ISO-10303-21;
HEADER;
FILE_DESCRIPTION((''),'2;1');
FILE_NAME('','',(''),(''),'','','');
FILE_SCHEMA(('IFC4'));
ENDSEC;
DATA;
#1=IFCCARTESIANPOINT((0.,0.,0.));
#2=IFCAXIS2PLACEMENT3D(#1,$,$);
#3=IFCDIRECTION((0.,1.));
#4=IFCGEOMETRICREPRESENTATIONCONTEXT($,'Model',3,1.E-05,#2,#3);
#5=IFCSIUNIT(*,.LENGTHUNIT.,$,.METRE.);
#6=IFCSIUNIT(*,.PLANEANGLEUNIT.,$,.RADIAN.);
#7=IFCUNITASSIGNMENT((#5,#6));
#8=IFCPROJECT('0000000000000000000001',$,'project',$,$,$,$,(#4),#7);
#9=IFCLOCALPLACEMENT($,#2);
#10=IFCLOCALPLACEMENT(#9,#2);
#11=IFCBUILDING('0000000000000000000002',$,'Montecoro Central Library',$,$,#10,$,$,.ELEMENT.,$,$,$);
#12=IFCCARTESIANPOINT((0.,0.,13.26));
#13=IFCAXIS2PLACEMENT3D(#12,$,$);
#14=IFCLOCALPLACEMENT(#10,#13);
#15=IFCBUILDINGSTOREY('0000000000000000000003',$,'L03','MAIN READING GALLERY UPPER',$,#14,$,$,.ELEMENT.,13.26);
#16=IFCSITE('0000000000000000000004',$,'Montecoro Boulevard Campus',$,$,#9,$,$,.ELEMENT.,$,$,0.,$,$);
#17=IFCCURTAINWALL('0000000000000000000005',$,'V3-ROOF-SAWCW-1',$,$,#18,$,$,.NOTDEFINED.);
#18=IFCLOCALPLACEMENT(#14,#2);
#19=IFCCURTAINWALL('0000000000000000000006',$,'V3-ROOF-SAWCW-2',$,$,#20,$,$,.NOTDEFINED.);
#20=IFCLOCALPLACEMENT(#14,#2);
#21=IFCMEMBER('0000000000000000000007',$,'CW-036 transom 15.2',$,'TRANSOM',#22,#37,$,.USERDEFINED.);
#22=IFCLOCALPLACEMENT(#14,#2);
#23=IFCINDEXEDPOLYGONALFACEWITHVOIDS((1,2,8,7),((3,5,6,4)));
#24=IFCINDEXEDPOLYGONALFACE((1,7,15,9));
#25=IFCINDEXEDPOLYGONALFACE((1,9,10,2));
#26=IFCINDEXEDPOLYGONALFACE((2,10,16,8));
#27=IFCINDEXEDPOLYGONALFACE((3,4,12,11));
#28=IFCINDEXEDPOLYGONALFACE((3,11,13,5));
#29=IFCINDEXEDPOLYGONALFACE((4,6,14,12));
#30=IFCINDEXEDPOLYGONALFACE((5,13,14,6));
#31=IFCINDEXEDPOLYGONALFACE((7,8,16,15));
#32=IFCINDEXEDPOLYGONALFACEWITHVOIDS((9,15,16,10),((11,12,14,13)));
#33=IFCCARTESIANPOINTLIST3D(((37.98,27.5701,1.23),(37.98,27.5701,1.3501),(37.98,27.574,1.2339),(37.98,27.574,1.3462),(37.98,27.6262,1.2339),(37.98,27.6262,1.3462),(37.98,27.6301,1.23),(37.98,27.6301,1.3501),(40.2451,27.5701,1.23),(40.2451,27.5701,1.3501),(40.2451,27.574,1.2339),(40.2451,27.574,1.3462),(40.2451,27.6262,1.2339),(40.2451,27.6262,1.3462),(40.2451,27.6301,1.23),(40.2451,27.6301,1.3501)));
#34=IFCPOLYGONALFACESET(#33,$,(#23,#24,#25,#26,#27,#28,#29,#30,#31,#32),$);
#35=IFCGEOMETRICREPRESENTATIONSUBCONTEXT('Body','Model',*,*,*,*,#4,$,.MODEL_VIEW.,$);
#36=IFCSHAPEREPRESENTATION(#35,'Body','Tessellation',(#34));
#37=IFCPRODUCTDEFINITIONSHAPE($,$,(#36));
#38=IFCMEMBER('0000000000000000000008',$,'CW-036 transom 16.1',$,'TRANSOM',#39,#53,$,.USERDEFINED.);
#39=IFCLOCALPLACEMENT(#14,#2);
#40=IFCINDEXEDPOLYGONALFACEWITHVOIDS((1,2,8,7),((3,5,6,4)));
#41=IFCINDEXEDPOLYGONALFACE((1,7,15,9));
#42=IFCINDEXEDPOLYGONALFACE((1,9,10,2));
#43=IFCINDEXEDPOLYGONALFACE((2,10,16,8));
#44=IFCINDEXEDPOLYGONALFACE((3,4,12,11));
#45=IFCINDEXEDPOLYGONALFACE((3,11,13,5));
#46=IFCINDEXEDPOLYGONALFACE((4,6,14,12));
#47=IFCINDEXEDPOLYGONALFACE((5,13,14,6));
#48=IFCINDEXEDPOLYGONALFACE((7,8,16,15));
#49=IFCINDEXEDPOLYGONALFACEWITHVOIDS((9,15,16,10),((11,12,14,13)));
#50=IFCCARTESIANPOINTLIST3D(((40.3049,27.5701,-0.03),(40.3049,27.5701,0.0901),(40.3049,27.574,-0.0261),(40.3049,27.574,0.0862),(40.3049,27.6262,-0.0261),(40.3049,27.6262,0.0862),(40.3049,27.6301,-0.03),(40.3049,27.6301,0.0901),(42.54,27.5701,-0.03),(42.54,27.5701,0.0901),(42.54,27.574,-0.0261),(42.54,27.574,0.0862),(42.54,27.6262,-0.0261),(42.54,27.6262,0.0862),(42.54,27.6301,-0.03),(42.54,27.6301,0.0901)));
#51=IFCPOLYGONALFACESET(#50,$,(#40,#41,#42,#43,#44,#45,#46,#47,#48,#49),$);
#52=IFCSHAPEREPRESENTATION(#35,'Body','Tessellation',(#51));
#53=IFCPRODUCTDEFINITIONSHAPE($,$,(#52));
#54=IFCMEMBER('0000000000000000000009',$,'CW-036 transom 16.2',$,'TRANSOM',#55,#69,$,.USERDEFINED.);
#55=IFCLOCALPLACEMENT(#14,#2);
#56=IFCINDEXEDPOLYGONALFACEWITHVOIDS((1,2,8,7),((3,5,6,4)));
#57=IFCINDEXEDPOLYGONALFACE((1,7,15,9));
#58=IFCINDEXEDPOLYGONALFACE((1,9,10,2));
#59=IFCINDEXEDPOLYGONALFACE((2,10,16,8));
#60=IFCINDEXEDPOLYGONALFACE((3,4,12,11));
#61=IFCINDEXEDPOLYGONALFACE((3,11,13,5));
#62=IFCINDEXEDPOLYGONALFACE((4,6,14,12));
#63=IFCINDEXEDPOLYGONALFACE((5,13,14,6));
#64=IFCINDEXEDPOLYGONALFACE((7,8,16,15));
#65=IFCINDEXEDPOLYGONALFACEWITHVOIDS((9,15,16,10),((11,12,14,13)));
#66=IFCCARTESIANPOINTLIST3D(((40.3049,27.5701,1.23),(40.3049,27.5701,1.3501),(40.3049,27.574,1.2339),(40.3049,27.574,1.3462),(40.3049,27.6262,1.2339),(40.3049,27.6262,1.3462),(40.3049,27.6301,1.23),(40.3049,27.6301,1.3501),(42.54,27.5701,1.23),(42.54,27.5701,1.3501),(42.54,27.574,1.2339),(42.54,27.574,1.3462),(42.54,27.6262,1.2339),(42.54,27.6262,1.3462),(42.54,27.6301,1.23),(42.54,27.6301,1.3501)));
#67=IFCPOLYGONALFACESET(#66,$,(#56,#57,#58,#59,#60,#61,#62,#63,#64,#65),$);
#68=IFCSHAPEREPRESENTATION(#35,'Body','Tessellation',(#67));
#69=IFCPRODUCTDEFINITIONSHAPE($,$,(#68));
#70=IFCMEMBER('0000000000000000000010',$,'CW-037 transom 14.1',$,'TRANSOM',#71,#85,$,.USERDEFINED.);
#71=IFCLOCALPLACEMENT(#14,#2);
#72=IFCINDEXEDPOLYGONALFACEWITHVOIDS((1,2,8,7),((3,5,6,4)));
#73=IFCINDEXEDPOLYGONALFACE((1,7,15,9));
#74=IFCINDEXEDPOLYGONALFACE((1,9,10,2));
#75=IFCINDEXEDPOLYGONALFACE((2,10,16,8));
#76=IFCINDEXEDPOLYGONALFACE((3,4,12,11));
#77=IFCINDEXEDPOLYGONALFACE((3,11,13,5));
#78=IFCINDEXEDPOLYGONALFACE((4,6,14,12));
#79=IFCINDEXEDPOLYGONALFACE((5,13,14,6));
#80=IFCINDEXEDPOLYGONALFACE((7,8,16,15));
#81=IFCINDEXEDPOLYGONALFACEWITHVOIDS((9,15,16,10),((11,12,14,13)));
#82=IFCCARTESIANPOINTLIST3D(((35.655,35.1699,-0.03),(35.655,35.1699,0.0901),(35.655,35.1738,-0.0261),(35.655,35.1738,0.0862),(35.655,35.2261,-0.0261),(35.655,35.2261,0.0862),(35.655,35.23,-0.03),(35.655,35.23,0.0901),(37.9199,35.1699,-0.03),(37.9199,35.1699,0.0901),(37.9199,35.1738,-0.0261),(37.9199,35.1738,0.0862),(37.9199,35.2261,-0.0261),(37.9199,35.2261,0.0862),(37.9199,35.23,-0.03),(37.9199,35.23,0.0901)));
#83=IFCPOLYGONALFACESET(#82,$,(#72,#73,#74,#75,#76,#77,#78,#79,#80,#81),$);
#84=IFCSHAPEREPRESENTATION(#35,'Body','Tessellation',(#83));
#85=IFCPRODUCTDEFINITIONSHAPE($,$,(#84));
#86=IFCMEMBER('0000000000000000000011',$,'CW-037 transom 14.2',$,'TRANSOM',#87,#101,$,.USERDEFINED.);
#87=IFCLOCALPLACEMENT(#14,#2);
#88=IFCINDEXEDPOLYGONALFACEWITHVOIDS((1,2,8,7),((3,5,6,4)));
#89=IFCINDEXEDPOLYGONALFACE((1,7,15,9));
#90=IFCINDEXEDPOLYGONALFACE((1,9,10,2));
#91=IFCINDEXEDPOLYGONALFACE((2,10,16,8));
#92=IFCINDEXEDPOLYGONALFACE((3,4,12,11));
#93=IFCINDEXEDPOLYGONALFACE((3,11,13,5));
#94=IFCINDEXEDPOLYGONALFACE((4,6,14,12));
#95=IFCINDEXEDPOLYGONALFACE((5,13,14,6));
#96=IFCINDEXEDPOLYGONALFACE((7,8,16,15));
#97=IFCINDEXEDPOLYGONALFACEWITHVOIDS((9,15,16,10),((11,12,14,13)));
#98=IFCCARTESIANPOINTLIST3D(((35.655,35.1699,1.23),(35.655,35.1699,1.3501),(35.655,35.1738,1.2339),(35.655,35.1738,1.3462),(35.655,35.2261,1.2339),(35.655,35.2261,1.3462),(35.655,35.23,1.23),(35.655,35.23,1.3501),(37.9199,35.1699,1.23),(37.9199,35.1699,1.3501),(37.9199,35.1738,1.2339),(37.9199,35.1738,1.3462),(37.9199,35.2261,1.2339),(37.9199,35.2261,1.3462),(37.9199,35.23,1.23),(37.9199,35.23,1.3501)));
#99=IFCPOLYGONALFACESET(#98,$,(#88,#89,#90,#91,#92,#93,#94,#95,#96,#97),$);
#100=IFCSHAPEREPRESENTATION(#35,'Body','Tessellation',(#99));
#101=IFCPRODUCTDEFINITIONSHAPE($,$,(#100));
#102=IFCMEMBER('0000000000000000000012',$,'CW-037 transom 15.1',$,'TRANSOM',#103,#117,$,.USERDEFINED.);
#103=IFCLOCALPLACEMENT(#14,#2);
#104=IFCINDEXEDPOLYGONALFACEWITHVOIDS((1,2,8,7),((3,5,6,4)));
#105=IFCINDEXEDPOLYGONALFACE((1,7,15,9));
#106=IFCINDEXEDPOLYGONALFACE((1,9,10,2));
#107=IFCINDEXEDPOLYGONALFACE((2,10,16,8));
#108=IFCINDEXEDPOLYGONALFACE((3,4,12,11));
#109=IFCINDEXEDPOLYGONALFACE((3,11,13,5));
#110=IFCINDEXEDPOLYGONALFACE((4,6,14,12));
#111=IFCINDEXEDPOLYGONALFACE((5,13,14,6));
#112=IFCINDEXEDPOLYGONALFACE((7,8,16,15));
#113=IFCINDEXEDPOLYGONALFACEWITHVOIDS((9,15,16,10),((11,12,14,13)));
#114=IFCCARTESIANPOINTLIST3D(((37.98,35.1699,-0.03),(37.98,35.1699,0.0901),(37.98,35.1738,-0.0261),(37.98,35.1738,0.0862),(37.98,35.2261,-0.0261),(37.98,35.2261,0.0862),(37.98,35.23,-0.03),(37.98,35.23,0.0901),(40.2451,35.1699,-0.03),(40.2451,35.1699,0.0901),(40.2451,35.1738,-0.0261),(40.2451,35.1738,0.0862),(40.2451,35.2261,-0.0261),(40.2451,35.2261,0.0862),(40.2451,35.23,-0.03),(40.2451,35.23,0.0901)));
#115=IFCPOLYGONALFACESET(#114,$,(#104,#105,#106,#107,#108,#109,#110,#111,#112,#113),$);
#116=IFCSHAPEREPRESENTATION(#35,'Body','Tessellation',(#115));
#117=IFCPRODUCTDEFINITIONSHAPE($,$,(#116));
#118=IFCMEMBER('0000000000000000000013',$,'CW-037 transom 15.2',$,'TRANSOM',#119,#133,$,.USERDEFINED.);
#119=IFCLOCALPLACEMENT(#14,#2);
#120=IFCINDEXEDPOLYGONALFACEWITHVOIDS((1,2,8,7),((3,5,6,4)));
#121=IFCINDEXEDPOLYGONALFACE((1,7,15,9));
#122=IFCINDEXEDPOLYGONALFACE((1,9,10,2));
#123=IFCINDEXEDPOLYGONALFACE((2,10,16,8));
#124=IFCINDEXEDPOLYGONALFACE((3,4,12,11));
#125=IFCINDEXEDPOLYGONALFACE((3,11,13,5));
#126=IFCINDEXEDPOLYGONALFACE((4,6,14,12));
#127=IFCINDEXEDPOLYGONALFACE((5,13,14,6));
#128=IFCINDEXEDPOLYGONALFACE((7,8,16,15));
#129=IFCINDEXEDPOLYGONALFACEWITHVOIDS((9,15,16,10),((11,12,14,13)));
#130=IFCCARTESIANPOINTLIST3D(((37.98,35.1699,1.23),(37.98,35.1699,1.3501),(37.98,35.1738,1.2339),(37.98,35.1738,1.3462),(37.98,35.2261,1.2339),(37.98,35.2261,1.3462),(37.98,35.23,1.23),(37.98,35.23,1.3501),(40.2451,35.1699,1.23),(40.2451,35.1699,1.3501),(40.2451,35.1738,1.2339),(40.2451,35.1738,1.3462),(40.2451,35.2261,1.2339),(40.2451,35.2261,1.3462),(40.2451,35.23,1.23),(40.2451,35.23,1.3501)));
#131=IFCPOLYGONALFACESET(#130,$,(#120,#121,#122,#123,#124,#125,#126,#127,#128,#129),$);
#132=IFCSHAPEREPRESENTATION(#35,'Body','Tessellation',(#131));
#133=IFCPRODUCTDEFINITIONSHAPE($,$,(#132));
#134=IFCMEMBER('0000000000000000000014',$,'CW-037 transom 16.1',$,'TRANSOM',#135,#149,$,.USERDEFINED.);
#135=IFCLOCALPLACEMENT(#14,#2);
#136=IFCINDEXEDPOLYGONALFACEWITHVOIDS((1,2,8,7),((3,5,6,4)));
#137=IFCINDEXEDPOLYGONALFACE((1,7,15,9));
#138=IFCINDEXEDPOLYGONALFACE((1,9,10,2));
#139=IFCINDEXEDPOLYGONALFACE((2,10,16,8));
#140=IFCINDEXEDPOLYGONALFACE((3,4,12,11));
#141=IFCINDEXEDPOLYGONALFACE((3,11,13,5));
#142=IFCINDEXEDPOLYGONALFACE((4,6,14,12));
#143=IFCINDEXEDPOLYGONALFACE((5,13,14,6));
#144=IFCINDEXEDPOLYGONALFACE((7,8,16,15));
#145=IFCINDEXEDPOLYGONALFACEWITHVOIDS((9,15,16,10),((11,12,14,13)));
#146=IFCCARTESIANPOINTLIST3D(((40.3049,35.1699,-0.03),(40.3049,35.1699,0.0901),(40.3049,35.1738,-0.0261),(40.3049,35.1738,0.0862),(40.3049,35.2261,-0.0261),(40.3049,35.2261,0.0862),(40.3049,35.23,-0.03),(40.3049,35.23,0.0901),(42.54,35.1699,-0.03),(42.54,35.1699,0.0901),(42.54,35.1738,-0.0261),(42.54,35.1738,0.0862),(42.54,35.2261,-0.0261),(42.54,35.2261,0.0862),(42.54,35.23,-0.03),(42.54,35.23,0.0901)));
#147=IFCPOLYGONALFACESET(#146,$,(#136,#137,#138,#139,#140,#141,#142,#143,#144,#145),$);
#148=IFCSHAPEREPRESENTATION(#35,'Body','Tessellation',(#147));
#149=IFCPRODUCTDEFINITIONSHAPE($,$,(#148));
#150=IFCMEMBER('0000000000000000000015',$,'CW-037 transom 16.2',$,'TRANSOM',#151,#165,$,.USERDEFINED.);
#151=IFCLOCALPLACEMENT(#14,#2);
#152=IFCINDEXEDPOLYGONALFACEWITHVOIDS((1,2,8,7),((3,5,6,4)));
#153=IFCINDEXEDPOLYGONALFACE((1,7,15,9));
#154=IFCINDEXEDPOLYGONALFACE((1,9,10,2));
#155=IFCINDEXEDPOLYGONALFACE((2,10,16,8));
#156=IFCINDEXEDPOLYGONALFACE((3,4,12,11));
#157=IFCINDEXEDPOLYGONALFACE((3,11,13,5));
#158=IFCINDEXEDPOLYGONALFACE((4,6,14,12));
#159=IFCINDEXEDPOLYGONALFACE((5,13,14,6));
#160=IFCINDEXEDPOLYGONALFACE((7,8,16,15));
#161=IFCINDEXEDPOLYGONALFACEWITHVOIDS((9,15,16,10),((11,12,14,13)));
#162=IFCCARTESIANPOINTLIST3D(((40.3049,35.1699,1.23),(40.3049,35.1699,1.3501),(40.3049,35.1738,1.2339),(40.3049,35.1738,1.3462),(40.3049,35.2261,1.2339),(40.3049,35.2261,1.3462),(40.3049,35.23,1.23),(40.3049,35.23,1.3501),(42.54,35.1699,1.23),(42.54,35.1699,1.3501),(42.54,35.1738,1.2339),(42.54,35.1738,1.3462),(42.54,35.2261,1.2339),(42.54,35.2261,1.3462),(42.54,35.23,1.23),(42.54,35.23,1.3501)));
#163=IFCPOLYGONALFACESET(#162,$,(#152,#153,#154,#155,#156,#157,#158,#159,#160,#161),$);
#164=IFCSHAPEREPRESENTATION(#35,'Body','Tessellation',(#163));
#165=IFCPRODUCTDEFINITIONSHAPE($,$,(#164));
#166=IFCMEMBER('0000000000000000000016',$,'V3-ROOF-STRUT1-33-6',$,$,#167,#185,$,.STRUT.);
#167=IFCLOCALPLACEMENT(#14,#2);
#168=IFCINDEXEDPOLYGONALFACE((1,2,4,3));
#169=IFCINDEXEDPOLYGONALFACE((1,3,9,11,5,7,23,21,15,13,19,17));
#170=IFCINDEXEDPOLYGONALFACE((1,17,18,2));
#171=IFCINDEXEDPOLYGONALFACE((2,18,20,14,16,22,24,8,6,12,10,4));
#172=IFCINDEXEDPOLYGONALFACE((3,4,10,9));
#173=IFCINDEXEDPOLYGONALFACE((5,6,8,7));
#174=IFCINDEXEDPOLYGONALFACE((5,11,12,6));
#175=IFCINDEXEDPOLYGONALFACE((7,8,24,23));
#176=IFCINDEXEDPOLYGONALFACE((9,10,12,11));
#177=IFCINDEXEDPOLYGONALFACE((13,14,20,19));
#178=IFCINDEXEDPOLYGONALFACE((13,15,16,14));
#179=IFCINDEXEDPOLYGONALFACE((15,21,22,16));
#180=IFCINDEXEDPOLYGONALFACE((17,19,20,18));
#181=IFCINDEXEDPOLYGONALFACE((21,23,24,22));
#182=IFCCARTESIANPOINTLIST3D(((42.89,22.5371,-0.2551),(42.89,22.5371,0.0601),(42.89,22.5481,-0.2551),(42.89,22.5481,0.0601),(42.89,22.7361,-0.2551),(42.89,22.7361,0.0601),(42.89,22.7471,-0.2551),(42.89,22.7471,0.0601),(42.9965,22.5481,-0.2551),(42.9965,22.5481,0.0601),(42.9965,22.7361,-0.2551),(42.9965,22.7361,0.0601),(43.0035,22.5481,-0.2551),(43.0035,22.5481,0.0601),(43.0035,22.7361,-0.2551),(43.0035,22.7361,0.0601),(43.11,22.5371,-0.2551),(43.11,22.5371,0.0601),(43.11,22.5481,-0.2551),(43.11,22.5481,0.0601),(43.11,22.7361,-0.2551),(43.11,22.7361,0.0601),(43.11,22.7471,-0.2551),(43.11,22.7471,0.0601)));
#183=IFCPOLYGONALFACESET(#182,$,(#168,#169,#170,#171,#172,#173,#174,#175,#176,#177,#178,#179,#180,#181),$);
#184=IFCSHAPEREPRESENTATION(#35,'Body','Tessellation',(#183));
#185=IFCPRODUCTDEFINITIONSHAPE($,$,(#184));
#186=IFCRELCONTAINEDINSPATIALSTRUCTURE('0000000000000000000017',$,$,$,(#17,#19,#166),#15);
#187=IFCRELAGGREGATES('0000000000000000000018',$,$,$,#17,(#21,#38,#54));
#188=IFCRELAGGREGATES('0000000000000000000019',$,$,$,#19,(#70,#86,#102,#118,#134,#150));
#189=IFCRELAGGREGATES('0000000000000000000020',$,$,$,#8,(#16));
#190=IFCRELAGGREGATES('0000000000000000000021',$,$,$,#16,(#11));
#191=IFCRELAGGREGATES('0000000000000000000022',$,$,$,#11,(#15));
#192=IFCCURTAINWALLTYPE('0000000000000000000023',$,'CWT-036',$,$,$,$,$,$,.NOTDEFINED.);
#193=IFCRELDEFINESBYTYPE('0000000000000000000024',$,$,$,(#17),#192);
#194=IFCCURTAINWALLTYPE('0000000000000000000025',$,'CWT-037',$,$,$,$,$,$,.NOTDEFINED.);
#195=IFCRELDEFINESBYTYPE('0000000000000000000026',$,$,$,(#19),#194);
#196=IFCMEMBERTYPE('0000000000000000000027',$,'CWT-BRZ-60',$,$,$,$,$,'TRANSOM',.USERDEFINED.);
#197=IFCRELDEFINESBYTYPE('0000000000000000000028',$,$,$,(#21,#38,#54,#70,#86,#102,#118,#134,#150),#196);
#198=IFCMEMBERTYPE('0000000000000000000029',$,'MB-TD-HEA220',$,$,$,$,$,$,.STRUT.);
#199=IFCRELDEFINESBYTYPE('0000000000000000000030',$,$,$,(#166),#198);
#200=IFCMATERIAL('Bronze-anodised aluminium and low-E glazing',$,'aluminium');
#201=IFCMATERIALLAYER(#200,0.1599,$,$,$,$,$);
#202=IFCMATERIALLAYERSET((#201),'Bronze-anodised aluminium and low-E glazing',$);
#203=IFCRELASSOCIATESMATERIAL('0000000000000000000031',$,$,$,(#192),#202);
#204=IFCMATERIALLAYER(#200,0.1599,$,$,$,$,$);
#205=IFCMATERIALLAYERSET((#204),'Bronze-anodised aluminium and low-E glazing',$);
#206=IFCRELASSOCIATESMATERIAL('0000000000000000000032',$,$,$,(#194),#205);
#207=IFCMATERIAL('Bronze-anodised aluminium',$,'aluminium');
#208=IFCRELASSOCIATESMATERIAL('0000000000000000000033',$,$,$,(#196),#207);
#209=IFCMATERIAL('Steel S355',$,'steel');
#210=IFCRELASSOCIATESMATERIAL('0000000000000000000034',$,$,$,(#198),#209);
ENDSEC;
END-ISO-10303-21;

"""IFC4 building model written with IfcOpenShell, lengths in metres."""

from ifc_helpers import new_model, si_unit, direction, frame, origin, origin_2d, place, context, subcontext, project, spatial, hollow_rectangle, i_section, extrude, material, layer, layer_set, material_profile, profile_set, type_object, element, aggregate, save


model = new_model("IFC4")

# Units and contexts
model_context = context("Model", 3, precision=1e-05, world=origin(), true_north=direction((0.0, 1.0)))
body_context = subcontext(model_context, "Body", "Model", "MODEL_VIEW")
ifc_project = project(units=[si_unit("LENGTHUNIT", "METRE"), si_unit("PLANEANGLEUNIT", "RADIAN")], contexts=[model_context])

# Site, building, storey
site_placement = place(None, origin())
site = spatial("IfcSite", under=ifc_project, at=site_placement, Name="Montecoro Boulevard Campus", CompositionType="ELEMENT", RefElevation=0.0)
building_placement = place(site_placement, origin())
building = spatial("IfcBuilding", under=site, at=building_placement, Name="Montecoro Central Library", CompositionType="ELEMENT")
storey_placement = place(building_placement, frame((0.0, 0.0, 13.26)))
storey = spatial("IfcBuildingStorey", under=building, at=storey_placement, Name="L03", Description="MAIN READING GALLERY UPPER", CompositionType="ELEMENT", Elevation=13.26)

# Curtain walls
ifc_material_1 = material(Name="Bronze-anodised aluminium and low-E glazing", Category="aluminium")
ifc_layer_1 = layer(ifc_material_1, 0.1599)
ifc_layer_set_1 = layer_set([ifc_layer_1], Name="Bronze-anodised aluminium and low-E glazing")
curtain_wall_type_1 = type_object("IfcCurtainWallType", Name="CWT-036", PredefinedType="NOTDEFINED", material=ifc_layer_set_1)
curtain_wall_1_placement = place(storey_placement, origin())
curtain_wall_1 = element("IfcCurtainWall", 1, at=curtain_wall_1_placement, inside=storey, type_object=curtain_wall_type_1, Name="V3-ROOF-SAWCW-1", PredefinedType="NOTDEFINED")
ifc_material_2 = material(Name="Bronze-anodised aluminium", Category="aluminium")
ifc_layer_2 = layer(ifc_material_1, 0.1599)
ifc_layer_set_2 = layer_set([ifc_layer_2], Name="Bronze-anodised aluminium and low-E glazing")
curtain_wall_type_2 = type_object("IfcCurtainWallType", Name="CWT-037", PredefinedType="NOTDEFINED", material=ifc_layer_set_2)
curtain_wall_2_placement = place(storey_placement, origin())
curtain_wall_2 = element("IfcCurtainWall", 2, at=curtain_wall_2_placement, inside=storey, type_object=curtain_wall_type_2, Name="V3-ROOF-SAWCW-2", PredefinedType="NOTDEFINED")

# Members
ifc_material_profile_1 = material_profile(ifc_material_2, hollow_rectangle(XDim=0.0601, YDim=0.1201, WallThickness=0.0039, at=origin_2d()), Name="CWT 120x60x4.0")
ifc_profile_set_1 = profile_set([ifc_material_profile_1], Name="Bronze-anodised aluminium")
member_type_1 = type_object("IfcMemberType", Name="CWT-BRZ-60", ElementType="TRANSOM", PredefinedType="USERDEFINED", material=ifc_profile_set_1)
member_1_placement = place(storey_placement, frame((37.98, 27.6001, 1.29), z_axis=(1.0, 0.0, 0.0), x_axis=(0.0, 1.0, 0.0)))
member_1 = element("IfcMember", 3, at=member_1_placement, type_object=member_type_1, Name="CW-036 transom 15.2", ObjectType="TRANSOM", PredefinedType="USERDEFINED", context=body_context, shape_type="SweptSolid", body=[
    extrude(hollow_rectangle(XDim=0.0601, YDim=0.1201, WallThickness=0.0039, at=origin_2d()), origin(), (0.0, 0.0, 1.0), 2.2651),
])
member_2_placement = place(storey_placement, frame((40.3049, 27.6001, 0.03), z_axis=(1.0, 0.0, 0.0), x_axis=(0.0, 1.0, 0.0)))
member_2 = element("IfcMember", 4, at=member_2_placement, type_object=member_type_1, Name="CW-036 transom 16.1", ObjectType="TRANSOM", PredefinedType="USERDEFINED", context=body_context, shape_type="SweptSolid", body=[
    extrude(hollow_rectangle(XDim=0.0601, YDim=0.1201, WallThickness=0.0039, at=origin_2d()), origin(), (0.0, 0.0, 1.0), 2.2351),
])
member_3_placement = place(storey_placement, frame((40.3049, 27.6001, 1.29), z_axis=(1.0, 0.0, 0.0), x_axis=(0.0, 1.0, 0.0)))
member_3 = element("IfcMember", 5, at=member_3_placement, type_object=member_type_1, Name="CW-036 transom 16.2", ObjectType="TRANSOM", PredefinedType="USERDEFINED", context=body_context, shape_type="SweptSolid", body=[
    extrude(hollow_rectangle(XDim=0.0601, YDim=0.1201, WallThickness=0.0039, at=origin_2d()), origin(), (0.0, 0.0, 1.0), 2.2351),
])
member_4_placement = place(storey_placement, frame((35.655, 35.2, 0.03), z_axis=(1.0, 0.0, 0.0), x_axis=(0.0, 1.0, 0.0)))
member_4 = element("IfcMember", 6, at=member_4_placement, type_object=member_type_1, Name="CW-037 transom 14.1", ObjectType="TRANSOM", PredefinedType="USERDEFINED", context=body_context, shape_type="SweptSolid", body=[
    extrude(hollow_rectangle(XDim=0.0601, YDim=0.1201, WallThickness=0.0039, at=origin_2d()), origin(), (0.0, 0.0, 1.0), 2.2649),
])
member_5_placement = place(storey_placement, frame((35.655, 35.2, 1.29), z_axis=(1.0, 0.0, 0.0), x_axis=(0.0, 1.0, 0.0)))
member_5 = element("IfcMember", 7, at=member_5_placement, type_object=member_type_1, Name="CW-037 transom 14.2", ObjectType="TRANSOM", PredefinedType="USERDEFINED", context=body_context, shape_type="SweptSolid", body=[
    extrude(hollow_rectangle(XDim=0.0601, YDim=0.1201, WallThickness=0.0039, at=origin_2d()), origin(), (0.0, 0.0, 1.0), 2.2649),
])
member_6_placement = place(storey_placement, frame((37.98, 35.2, 0.03), z_axis=(1.0, 0.0, 0.0), x_axis=(0.0, 1.0, 0.0)))
member_6 = element("IfcMember", 8, at=member_6_placement, type_object=member_type_1, Name="CW-037 transom 15.1", ObjectType="TRANSOM", PredefinedType="USERDEFINED", context=body_context, shape_type="SweptSolid", body=[
    extrude(hollow_rectangle(XDim=0.0601, YDim=0.1201, WallThickness=0.0039, at=origin_2d()), origin(), (0.0, 0.0, 1.0), 2.2651),
])
member_7_placement = place(storey_placement, frame((37.98, 35.2, 1.29), z_axis=(1.0, 0.0, 0.0), x_axis=(0.0, 1.0, 0.0)))
member_7 = element("IfcMember", 9, at=member_7_placement, type_object=member_type_1, Name="CW-037 transom 15.2", ObjectType="TRANSOM", PredefinedType="USERDEFINED", context=body_context, shape_type="SweptSolid", body=[
    extrude(hollow_rectangle(XDim=0.0601, YDim=0.1201, WallThickness=0.0039, at=origin_2d()), origin(), (0.0, 0.0, 1.0), 2.2651),
])
member_8_placement = place(storey_placement, frame((40.3049, 35.2, 0.03), z_axis=(1.0, 0.0, 0.0), x_axis=(0.0, 1.0, 0.0)))
member_8 = element("IfcMember", 10, at=member_8_placement, type_object=member_type_1, Name="CW-037 transom 16.1", ObjectType="TRANSOM", PredefinedType="USERDEFINED", context=body_context, shape_type="SweptSolid", body=[
    extrude(hollow_rectangle(XDim=0.0601, YDim=0.1201, WallThickness=0.0039, at=origin_2d()), origin(), (0.0, 0.0, 1.0), 2.2351),
])
member_9_placement = place(storey_placement, frame((40.3049, 35.2, 1.29), z_axis=(1.0, 0.0, 0.0), x_axis=(0.0, 1.0, 0.0)))
member_9 = element("IfcMember", 11, at=member_9_placement, type_object=member_type_1, Name="CW-037 transom 16.2", ObjectType="TRANSOM", PredefinedType="USERDEFINED", context=body_context, shape_type="SweptSolid", body=[
    extrude(hollow_rectangle(XDim=0.0601, YDim=0.1201, WallThickness=0.0039, at=origin_2d()), origin(), (0.0, 0.0, 1.0), 2.2351),
])

# Member
ifc_material_3 = material(Name="Steel S355", Category="steel")
ifc_material_profile_2 = material_profile(ifc_material_3, i_section(OverallWidth=0.22, OverallDepth=0.21, WebThickness=0.0071, FlangeThickness=0.011, at=origin_2d()), Name="HEA 220")
ifc_profile_set_2 = profile_set([ifc_material_profile_2], Name="Steel S355")
member_type_2 = type_object("IfcMemberType", Name="MB-TD-HEA220", PredefinedType="STRUT", material=ifc_profile_set_2)
member_10_placement = place(storey_placement, frame((43.0, 22.6421, -0.2551), z_axis=(0.0, 0.0, 1.0), x_axis=(1.0, 0.0, 0.0)))
element("IfcMember", 12, at=member_10_placement, inside=storey, type_object=member_type_2, Name="V3-ROOF-STRUT1-33-6", PredefinedType="STRUT", context=body_context, shape_type="SweptSolid", body=[
    extrude(i_section(OverallWidth=0.22, OverallDepth=0.21, WebThickness=0.0071, FlangeThickness=0.011, at=origin_2d()), origin(), (0.0, 0.0, 1.0), 0.3152),
])

aggregate(curtain_wall_1, [member_1, member_2, member_3])
aggregate(curtain_wall_2, [member_4, member_5, member_6, member_7, member_8, member_9])

save(model, "model.ifc")
